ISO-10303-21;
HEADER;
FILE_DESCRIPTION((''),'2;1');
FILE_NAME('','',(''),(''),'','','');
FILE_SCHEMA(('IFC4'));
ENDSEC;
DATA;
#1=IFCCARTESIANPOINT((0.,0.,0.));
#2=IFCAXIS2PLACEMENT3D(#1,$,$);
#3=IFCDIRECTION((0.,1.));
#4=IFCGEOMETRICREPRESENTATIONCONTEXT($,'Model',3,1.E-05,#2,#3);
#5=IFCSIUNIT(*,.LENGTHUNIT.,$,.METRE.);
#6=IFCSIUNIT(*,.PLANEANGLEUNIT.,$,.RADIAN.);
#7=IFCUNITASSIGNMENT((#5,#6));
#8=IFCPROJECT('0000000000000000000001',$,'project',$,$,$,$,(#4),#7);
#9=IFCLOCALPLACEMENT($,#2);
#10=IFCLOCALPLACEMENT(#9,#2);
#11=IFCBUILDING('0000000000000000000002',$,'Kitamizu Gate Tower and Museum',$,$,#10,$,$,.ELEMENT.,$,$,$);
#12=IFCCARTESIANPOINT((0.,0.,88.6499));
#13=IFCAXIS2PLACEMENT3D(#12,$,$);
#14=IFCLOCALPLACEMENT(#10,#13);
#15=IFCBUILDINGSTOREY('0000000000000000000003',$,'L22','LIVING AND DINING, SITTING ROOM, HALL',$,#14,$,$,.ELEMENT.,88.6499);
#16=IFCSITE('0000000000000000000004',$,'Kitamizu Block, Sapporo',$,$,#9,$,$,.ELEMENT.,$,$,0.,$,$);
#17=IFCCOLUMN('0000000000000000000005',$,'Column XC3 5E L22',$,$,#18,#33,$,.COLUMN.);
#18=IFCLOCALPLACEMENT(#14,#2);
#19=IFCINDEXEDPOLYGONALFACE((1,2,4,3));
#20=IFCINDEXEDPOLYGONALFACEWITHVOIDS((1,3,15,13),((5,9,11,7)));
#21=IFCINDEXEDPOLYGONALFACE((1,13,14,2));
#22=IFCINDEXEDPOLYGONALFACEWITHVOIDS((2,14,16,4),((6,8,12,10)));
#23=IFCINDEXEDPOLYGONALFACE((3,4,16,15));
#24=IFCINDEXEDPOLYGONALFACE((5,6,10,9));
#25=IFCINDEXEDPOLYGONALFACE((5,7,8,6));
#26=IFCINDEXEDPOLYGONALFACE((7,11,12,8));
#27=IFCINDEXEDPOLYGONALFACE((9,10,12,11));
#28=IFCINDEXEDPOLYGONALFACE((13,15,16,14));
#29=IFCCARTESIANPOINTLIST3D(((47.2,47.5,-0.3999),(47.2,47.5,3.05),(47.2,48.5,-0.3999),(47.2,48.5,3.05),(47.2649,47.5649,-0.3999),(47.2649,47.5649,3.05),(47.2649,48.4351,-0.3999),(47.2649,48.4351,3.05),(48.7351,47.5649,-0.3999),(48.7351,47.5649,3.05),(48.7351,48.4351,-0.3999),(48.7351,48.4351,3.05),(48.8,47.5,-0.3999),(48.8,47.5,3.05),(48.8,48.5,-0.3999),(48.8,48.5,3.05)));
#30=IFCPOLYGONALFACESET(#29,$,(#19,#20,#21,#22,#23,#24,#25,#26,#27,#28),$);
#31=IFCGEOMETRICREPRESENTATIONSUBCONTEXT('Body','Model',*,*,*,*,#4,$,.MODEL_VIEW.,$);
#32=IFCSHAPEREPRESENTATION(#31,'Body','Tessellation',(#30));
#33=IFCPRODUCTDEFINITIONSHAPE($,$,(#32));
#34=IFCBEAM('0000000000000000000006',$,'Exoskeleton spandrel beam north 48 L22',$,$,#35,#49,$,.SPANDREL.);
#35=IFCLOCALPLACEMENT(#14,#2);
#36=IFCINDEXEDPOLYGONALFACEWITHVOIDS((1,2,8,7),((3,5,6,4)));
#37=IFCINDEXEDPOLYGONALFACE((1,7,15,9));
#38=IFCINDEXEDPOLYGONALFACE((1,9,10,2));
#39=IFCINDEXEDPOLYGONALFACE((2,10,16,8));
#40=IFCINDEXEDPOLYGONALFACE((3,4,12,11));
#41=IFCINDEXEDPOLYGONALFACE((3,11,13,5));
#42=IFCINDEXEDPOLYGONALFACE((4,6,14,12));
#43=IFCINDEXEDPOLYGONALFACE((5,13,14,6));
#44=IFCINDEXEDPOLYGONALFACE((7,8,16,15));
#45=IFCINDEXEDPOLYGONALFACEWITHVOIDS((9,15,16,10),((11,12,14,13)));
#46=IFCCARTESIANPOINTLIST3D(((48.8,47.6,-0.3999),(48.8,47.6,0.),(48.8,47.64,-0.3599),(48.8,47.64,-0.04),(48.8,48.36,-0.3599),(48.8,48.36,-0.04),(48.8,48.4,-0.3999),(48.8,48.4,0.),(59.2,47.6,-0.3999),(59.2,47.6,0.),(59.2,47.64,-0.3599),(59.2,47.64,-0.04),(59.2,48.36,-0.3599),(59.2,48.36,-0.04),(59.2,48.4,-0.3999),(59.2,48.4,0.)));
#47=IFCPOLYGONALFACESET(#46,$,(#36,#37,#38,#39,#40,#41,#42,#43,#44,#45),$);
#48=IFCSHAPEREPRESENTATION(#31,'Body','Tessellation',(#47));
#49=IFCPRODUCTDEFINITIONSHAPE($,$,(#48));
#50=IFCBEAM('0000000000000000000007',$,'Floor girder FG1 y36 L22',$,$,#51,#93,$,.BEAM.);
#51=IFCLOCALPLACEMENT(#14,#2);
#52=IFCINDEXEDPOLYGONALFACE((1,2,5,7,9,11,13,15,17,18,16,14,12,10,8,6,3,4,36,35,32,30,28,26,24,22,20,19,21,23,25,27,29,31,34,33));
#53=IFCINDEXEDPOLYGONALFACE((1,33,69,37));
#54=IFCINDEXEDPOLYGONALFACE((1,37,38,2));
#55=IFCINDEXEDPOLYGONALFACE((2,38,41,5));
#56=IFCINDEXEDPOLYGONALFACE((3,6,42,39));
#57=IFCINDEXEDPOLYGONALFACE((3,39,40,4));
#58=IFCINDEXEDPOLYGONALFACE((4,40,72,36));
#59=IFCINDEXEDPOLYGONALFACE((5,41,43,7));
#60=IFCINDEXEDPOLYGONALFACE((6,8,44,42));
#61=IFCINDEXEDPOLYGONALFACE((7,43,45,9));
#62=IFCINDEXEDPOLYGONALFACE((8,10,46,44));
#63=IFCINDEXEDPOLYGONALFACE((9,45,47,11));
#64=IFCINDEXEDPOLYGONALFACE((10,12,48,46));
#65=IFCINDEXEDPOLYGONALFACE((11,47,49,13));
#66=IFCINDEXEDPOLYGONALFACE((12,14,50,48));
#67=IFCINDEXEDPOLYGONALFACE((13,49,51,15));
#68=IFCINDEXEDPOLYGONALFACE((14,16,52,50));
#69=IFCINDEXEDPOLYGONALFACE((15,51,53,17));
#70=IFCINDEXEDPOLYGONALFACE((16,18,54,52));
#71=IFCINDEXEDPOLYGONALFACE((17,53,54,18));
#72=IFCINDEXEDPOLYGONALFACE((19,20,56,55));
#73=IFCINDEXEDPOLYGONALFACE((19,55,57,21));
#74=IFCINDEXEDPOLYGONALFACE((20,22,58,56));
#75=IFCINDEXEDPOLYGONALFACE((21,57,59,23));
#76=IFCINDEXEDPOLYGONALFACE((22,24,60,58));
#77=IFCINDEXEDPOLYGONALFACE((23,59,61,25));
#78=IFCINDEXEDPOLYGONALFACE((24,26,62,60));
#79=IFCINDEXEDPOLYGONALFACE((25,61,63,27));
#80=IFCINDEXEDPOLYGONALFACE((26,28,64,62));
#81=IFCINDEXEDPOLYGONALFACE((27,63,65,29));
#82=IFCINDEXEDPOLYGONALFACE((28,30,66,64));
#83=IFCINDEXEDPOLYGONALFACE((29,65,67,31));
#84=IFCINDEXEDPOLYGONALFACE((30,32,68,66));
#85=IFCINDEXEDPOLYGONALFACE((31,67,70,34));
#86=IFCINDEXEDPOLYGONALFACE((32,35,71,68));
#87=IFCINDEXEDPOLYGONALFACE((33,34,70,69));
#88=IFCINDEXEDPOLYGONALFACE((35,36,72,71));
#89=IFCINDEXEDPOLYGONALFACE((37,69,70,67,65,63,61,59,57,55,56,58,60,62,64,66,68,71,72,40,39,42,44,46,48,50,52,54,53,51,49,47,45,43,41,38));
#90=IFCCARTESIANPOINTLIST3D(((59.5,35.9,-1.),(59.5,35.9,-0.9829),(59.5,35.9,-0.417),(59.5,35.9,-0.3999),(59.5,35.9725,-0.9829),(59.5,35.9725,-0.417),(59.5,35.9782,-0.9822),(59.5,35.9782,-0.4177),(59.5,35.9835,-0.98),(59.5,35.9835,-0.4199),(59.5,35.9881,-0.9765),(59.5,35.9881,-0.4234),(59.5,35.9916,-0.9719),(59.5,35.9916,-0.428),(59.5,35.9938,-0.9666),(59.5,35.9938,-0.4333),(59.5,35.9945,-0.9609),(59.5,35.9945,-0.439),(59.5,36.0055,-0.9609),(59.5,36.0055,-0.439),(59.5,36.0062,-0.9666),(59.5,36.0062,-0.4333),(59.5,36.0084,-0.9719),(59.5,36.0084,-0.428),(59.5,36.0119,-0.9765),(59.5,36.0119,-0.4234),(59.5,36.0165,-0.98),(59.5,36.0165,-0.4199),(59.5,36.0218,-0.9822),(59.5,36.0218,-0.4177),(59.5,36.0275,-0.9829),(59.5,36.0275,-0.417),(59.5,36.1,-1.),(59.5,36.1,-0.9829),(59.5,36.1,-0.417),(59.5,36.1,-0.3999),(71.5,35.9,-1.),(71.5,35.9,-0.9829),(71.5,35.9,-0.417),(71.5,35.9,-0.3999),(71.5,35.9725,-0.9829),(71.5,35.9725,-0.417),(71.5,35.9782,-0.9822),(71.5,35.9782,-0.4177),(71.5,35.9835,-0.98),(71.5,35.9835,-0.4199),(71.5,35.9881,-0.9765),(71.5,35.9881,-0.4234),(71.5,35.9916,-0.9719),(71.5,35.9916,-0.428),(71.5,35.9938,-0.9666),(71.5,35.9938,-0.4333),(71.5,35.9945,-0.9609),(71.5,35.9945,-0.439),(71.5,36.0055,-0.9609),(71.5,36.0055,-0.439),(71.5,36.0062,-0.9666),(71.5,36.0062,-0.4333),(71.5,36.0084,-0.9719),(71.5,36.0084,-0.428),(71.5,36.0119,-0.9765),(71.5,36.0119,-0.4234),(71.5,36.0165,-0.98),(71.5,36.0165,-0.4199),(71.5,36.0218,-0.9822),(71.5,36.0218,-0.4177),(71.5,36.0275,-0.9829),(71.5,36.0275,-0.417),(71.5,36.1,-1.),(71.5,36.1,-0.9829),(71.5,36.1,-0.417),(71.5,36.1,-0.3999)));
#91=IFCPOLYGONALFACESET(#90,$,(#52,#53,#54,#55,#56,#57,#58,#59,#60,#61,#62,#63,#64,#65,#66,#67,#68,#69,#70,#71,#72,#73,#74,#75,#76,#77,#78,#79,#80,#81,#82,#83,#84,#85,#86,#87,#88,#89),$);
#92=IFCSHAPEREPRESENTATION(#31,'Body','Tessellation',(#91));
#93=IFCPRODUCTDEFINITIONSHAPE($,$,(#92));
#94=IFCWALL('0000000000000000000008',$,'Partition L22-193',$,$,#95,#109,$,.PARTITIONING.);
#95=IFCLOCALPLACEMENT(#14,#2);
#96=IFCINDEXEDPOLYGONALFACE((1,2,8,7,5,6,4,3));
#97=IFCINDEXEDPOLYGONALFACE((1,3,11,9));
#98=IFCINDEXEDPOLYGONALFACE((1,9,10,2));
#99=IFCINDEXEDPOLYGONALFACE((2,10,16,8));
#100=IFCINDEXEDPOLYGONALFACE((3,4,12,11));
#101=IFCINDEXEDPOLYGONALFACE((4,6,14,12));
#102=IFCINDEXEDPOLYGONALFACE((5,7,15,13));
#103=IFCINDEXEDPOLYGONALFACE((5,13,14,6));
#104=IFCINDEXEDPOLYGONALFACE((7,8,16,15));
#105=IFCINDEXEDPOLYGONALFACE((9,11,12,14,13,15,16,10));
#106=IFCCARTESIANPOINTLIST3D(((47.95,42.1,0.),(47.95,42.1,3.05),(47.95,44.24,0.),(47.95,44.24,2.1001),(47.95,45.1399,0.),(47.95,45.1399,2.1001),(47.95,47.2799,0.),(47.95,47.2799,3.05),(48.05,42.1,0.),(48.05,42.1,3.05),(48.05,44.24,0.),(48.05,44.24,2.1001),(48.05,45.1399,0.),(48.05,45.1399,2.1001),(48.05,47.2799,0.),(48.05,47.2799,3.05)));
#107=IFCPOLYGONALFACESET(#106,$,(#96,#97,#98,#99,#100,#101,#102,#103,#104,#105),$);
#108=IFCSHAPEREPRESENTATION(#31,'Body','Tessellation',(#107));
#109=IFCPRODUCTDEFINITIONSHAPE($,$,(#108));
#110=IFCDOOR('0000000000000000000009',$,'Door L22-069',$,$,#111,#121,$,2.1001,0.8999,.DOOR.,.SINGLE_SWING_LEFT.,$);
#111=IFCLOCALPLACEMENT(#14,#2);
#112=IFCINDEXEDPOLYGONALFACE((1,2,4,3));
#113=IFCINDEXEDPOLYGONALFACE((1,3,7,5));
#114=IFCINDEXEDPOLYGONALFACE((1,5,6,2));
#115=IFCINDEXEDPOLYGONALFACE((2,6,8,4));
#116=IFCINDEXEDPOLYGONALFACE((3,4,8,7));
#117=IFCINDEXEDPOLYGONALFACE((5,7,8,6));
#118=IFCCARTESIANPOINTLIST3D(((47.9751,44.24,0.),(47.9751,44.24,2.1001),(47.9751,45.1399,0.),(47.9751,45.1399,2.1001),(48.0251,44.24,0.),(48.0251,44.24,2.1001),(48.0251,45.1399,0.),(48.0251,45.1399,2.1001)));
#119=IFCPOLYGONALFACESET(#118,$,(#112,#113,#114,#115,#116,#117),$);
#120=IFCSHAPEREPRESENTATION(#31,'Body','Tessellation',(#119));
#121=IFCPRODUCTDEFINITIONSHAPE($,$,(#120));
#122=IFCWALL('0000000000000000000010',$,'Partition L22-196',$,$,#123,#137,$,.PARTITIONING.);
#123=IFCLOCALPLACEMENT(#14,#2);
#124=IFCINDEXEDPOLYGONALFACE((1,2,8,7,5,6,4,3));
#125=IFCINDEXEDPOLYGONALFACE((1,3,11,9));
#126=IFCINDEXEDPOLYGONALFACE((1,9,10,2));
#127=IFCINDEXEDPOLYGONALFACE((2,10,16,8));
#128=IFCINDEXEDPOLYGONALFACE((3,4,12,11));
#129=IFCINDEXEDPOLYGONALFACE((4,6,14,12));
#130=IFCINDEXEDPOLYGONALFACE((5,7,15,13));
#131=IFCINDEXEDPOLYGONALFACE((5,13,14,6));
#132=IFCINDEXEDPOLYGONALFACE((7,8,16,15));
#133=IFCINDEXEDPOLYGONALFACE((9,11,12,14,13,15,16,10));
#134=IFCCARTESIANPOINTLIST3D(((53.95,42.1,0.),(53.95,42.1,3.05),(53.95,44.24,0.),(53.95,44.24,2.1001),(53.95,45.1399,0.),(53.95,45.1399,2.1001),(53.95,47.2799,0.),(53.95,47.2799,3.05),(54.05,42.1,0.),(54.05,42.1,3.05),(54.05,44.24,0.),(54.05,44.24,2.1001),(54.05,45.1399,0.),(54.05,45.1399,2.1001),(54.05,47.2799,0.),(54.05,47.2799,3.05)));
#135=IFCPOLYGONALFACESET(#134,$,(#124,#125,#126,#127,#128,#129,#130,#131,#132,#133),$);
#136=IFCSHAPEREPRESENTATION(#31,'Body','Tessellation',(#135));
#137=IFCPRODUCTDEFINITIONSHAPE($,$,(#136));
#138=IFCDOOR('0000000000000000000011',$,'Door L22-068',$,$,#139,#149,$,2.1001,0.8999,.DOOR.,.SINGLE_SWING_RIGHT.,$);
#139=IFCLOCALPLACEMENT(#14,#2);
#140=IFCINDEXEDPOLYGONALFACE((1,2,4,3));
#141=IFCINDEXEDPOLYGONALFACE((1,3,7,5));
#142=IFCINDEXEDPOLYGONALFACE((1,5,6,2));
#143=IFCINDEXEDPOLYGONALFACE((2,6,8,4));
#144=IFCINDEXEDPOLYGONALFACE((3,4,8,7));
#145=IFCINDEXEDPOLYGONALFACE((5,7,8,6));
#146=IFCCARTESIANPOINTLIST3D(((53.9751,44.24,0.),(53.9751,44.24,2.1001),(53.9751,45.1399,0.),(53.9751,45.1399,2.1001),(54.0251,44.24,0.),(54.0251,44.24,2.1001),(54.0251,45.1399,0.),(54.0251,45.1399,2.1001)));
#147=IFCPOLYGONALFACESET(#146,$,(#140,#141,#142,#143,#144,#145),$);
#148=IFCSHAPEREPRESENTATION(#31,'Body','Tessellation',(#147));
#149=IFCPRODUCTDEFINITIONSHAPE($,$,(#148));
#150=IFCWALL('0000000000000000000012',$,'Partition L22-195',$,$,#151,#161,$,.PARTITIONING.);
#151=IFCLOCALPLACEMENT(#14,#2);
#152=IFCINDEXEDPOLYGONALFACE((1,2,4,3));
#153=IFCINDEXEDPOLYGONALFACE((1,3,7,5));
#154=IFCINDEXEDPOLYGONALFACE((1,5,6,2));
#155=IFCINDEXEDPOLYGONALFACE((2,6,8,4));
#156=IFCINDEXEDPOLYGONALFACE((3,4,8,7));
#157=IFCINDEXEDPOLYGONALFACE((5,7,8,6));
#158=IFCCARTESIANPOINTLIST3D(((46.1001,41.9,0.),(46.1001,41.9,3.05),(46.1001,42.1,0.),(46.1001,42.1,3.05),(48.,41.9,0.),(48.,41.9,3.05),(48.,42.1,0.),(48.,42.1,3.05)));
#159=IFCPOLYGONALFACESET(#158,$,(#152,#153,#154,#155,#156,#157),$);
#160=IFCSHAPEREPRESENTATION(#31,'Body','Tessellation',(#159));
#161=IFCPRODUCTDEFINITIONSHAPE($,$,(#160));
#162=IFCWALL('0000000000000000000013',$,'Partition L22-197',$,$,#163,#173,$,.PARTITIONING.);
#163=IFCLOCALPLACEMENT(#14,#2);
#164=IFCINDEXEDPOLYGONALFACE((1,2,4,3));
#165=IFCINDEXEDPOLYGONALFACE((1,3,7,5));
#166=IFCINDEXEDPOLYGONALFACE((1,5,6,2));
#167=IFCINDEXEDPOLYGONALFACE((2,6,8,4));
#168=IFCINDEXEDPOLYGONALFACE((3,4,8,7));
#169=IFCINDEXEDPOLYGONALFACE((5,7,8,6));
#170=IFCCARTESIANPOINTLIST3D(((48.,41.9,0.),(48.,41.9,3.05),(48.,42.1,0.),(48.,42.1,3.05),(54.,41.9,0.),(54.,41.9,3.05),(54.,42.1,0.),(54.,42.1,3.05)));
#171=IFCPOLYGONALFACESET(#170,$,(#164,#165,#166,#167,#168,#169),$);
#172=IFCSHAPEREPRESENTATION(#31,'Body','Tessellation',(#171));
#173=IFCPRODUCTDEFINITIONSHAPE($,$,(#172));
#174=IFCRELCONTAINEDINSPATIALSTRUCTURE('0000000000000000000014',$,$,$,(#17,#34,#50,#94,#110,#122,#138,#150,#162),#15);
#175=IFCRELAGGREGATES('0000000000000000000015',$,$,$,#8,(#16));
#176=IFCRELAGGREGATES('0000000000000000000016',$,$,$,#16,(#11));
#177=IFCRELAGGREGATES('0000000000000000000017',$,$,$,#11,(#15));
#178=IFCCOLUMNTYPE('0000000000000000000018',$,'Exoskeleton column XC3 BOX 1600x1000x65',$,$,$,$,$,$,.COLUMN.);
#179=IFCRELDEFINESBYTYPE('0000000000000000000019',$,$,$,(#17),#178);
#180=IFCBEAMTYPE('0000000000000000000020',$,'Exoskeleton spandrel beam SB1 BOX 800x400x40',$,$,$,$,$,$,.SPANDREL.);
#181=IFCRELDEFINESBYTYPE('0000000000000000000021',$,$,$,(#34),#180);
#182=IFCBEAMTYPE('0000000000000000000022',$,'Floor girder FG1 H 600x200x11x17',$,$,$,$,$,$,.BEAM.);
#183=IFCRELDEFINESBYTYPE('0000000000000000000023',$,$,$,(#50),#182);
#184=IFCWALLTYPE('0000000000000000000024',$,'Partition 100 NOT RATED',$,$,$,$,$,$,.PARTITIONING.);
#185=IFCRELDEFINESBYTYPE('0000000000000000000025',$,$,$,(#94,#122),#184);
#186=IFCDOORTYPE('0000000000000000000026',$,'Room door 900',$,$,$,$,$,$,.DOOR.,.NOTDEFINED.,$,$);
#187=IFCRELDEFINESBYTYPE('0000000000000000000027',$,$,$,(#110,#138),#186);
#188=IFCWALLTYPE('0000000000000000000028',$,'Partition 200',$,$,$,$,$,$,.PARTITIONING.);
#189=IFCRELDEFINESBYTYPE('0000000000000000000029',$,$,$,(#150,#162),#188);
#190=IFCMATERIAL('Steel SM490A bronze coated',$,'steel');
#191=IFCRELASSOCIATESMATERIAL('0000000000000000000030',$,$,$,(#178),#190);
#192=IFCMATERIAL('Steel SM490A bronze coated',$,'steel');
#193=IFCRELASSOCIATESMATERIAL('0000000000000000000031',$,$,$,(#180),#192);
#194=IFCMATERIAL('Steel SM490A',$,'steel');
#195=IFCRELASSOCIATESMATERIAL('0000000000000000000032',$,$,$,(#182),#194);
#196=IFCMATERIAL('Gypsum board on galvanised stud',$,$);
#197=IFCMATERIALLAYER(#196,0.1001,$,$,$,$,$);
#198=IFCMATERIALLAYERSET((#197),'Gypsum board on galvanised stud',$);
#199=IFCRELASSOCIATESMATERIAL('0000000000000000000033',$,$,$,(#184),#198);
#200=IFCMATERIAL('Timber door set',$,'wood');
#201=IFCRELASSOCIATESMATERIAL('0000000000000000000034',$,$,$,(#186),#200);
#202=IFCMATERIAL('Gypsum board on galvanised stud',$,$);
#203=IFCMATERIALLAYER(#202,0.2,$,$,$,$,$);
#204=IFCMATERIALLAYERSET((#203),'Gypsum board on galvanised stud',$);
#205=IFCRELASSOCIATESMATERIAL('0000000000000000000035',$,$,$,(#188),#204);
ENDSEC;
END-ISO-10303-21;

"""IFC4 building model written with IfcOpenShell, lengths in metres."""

from ifc_helpers import new_model, si_unit, direction, frame, frame_2d, origin, origin_2d, place, context, subcontext, project, spatial, rectangle, hollow_rectangle, i_section, extrude, material, layer, layer_set, material_profile, profile_set, type_object, element, fill, save


model = new_model("IFC4")

# Units and contexts
model_context = context("Model", 3, precision=1e-05, world=origin(), true_north=direction((0.0, 1.0)))
body_context = subcontext(model_context, "Body", "Model", "MODEL_VIEW")
ifc_project = project(units=[si_unit("LENGTHUNIT", "METRE"), si_unit("PLANEANGLEUNIT", "RADIAN")], contexts=[model_context])

# Site, building, storey
site_placement = place(None, origin())
site = spatial("IfcSite", under=ifc_project, at=site_placement, Name="Kitamizu Block, Sapporo", CompositionType="ELEMENT", RefElevation=0.0)
building_placement = place(site_placement, origin())
building = spatial("IfcBuilding", under=site, at=building_placement, Name="Kitamizu Gate Tower and Museum", CompositionType="ELEMENT")
storey_placement = place(building_placement, frame((0.0, 0.0, 88.6499)))
storey = spatial("IfcBuildingStorey", under=building, at=storey_placement, Name="L22", Description="LIVING AND DINING, SITTING ROOM, HALL", CompositionType="ELEMENT", Elevation=88.6499)

# Column
ifc_material_1 = material(Name="Steel SM490A bronze coated", Category="steel")
ifc_material_profile_1 = material_profile(ifc_material_1, hollow_rectangle(XDim=1.6001, YDim=1.0, WallThickness=0.0649, at=origin_2d()), Name="BOX 1600x1000x65")
ifc_profile_set_1 = profile_set([ifc_material_profile_1], Name="Steel SM490A bronze coated")
column_type = type_object("IfcColumnType", Name="Exoskeleton column XC3 BOX 1600x1000x65", PredefinedType="COLUMN", material=ifc_profile_set_1)
column_placement = place(storey_placement, frame((48.0, 48.0, -0.3999), z_axis=(0.0, 0.0, 1.0), x_axis=(1.0, 0.0, 0.0)))
element("IfcColumn", 1, at=column_placement, inside=storey, type_object=column_type, Name="Column XC3 5E L22", PredefinedType="COLUMN", context=body_context, shape_type="SweptSolid", body=[
    extrude(hollow_rectangle(XDim=1.6001, YDim=1.0, WallThickness=0.0649, at=origin_2d()), origin(), (0.0, 0.0, 1.0), 3.45),
])

# Beams
ifc_material_2 = material(Name="Steel SM490A bronze coated", Category="steel")
ifc_material_profile_2 = material_profile(ifc_material_2, hollow_rectangle(XDim=0.8, YDim=0.3999, WallThickness=0.04, at=origin_2d()), Name="BOX 800x400x40")
ifc_profile_set_2 = profile_set([ifc_material_profile_2], Name="Steel SM490A bronze coated")
beam_type_1 = type_object("IfcBeamType", Name="Exoskeleton spandrel beam SB1 BOX 800x400x40", PredefinedType="SPANDREL", material=ifc_profile_set_2)
beam_1_placement = place(storey_placement, frame((48.8, 48.0, -0.2), z_axis=(1.0, 0.0, 0.0), x_axis=(0.0, 1.0, 0.0)))
element("IfcBeam", 2, at=beam_1_placement, inside=storey, type_object=beam_type_1, Name="Exoskeleton spandrel beam north 48 L22", PredefinedType="SPANDREL", context=body_context, shape_type="SweptSolid", body=[
    extrude(hollow_rectangle(XDim=0.8, YDim=0.3999, WallThickness=0.04, at=origin_2d()), origin(), (0.0, 0.0, 1.0), 10.3999),
])
ifc_material_3 = material(Name="Steel SM490A", Category="steel")
ifc_material_profile_3 = material_profile(ifc_material_3, i_section(OverallWidth=0.2, OverallDepth=0.6001, WebThickness=0.011, FlangeThickness=0.0171, FilletRadius=0.022, at=origin_2d()), Name="H-600x200x11x17")
ifc_profile_set_3 = profile_set([ifc_material_profile_3], Name="Steel SM490A")
beam_type_2 = type_object("IfcBeamType", Name="Floor girder FG1 H 600x200x11x17", PredefinedType="BEAM", material=ifc_profile_set_3)
beam_2_placement = place(storey_placement, frame((59.5, 36.0, -0.7), z_axis=(1.0, 0.0, 0.0), x_axis=(0.0, 1.0, 0.0)))
element("IfcBeam", 3, at=beam_2_placement, inside=storey, type_object=beam_type_2, Name="Floor girder FG1 y36 L22", PredefinedType="BEAM", context=body_context, shape_type="SweptSolid", body=[
    extrude(i_section(OverallWidth=0.2, OverallDepth=0.6001, WebThickness=0.011, FlangeThickness=0.0171, FilletRadius=0.022, at=origin_2d()), origin(), (0.0, 0.0, 1.0), 12.0),
])

# Walls, openings, doors
ifc_material_4 = material(Name="Gypsum board on galvanised stud")
ifc_layer_1 = layer(ifc_material_4, 0.1001)
ifc_layer_set_1 = layer_set([ifc_layer_1], Name="Gypsum board on galvanised stud")
wall_type_1 = type_object("IfcWallType", Name="Partition 100 NOT RATED", PredefinedType="PARTITIONING", material=ifc_layer_set_1)
wall_1_placement = place(storey_placement, frame((48.0, 42.1001, 0.0), z_axis=(0.0, 0.0, 1.0), x_axis=(0.0, 1.0, 0.0)))
wall_1 = element("IfcWall", 4, at=wall_1_placement, inside=storey, type_object=wall_type_1, Name="Partition L22-193", PredefinedType="PARTITIONING", context=body_context, shape_type="SweptSolid", body=[
    extrude(rectangle(XDim=5.1799, YDim=0.1001, at=frame_2d((2.5898, 0.0))), origin(), (0.0, 0.0, 1.0), 3.05),
])
opening_1_placement = place(wall_1_placement, frame((2.1399, 0.0, 0.0)))
opening_1 = element("IfcOpeningElement", 5, at=opening_1_placement, cuts=wall_1, PredefinedType="OPENING", context=body_context, shape_type="SweptSolid", body=[
    extrude(rectangle(XDim=0.8999, YDim=2.1001, at=frame_2d((0.45, 1.05))), frame((0.0, 0.0601, 0.0), z_axis=(0.0, -1.0, 0.0), x_axis=(1.0, 0.0, 0.0)), (0.0, 0.0, 1.0), 0.1201),
])
ifc_material_5 = material(Name="Timber door set", Category="wood")
door_type_1 = type_object("IfcDoorType", Name="Room door 900", OperationType="NOTDEFINED", PredefinedType="DOOR", material=ifc_material_5)
door_1_placement = place(opening_1_placement, origin())
door_1 = element("IfcDoor", 6, at=door_1_placement, inside=storey, type_object=door_type_1, Name="Door L22-069", OperationType="SINGLE_SWING_LEFT", OverallHeight=2.1001, OverallWidth=0.8999, PredefinedType="DOOR", context=body_context, shape_type="SweptSolid", body=[
    extrude(rectangle(XDim=0.8999, YDim=2.1001, at=frame_2d((0.45, 1.05))), frame((0.0, 0.0249, 0.0), z_axis=(0.0, -1.0, 0.0), x_axis=(1.0, 0.0, 0.0)), (0.0, 0.0, 1.0), 0.05),
])
fill(opening_1, door_1)
wall_2_placement = place(storey_placement, frame((54.0, 42.1001, 0.0), z_axis=(0.0, 0.0, 1.0), x_axis=(0.0, 1.0, 0.0)))
wall_2 = element("IfcWall", 7, at=wall_2_placement, inside=storey, type_object=wall_type_1, Name="Partition L22-196", PredefinedType="PARTITIONING", context=body_context, shape_type="SweptSolid", body=[
    extrude(rectangle(XDim=5.1799, YDim=0.1001, at=frame_2d((2.5898, 0.0))), origin(), (0.0, 0.0, 1.0), 3.05),
])
opening_2_placement = place(wall_2_placement, frame((2.1399, 0.0, 0.0)))
opening_2 = element("IfcOpeningElement", 8, at=opening_2_placement, cuts=wall_2, PredefinedType="OPENING", context=body_context, shape_type="SweptSolid", body=[
    extrude(rectangle(XDim=0.8999, YDim=2.1001, at=frame_2d((0.45, 1.05))), frame((0.0, 0.0601, 0.0), z_axis=(0.0, -1.0, 0.0), x_axis=(1.0, 0.0, 0.0)), (0.0, 0.0, 1.0), 0.1201),
])
door_2_placement = place(opening_2_placement, origin())
door_2 = element("IfcDoor", 9, at=door_2_placement, inside=storey, type_object=door_type_1, Name="Door L22-068", OperationType="SINGLE_SWING_RIGHT", OverallHeight=2.1001, OverallWidth=0.8999, PredefinedType="DOOR", context=body_context, shape_type="SweptSolid", body=[
    extrude(rectangle(XDim=0.8999, YDim=2.1001, at=frame_2d((0.45, 1.05))), frame((0.0, 0.0249, 0.0), z_axis=(0.0, -1.0, 0.0), x_axis=(1.0, 0.0, 0.0)), (0.0, 0.0, 1.0), 0.05),
])
fill(opening_2, door_2)

# Walls
ifc_material_6 = material(Name="Gypsum board on galvanised stud")
ifc_layer_2 = layer(ifc_material_6, 0.2)
ifc_layer_set_2 = layer_set([ifc_layer_2], Name="Gypsum board on galvanised stud")
wall_type_2 = type_object("IfcWallType", Name="Partition 200", PredefinedType="PARTITIONING", material=ifc_layer_set_2)
wall_3_placement = place(storey_placement, frame((46.1001, 42.0, 0.0), z_axis=(0.0, 0.0, 1.0), x_axis=(1.0, 0.0, 0.0)))
element("IfcWall", 10, at=wall_3_placement, inside=storey, type_object=wall_type_2, Name="Partition L22-195", PredefinedType="PARTITIONING", context=body_context, shape_type="SweptSolid", body=[
    extrude(rectangle(XDim=1.8999, YDim=0.2, at=frame_2d((0.95, 0.0))), origin(), (0.0, 0.0, 1.0), 3.05),
])
wall_4_placement = place(storey_placement, frame((48.0, 42.0, 0.0), z_axis=(0.0, 0.0, 1.0), x_axis=(1.0, 0.0, 0.0)))
element("IfcWall", 11, at=wall_4_placement, inside=storey, type_object=wall_type_2, Name="Partition L22-197", PredefinedType="PARTITIONING", context=body_context, shape_type="SweptSolid", body=[
    extrude(rectangle(XDim=6.0, YDim=0.2, at=frame_2d((3.0, 0.0))), origin(), (0.0, 0.0, 1.0), 3.05),
])

save(model, "model.ifc")
